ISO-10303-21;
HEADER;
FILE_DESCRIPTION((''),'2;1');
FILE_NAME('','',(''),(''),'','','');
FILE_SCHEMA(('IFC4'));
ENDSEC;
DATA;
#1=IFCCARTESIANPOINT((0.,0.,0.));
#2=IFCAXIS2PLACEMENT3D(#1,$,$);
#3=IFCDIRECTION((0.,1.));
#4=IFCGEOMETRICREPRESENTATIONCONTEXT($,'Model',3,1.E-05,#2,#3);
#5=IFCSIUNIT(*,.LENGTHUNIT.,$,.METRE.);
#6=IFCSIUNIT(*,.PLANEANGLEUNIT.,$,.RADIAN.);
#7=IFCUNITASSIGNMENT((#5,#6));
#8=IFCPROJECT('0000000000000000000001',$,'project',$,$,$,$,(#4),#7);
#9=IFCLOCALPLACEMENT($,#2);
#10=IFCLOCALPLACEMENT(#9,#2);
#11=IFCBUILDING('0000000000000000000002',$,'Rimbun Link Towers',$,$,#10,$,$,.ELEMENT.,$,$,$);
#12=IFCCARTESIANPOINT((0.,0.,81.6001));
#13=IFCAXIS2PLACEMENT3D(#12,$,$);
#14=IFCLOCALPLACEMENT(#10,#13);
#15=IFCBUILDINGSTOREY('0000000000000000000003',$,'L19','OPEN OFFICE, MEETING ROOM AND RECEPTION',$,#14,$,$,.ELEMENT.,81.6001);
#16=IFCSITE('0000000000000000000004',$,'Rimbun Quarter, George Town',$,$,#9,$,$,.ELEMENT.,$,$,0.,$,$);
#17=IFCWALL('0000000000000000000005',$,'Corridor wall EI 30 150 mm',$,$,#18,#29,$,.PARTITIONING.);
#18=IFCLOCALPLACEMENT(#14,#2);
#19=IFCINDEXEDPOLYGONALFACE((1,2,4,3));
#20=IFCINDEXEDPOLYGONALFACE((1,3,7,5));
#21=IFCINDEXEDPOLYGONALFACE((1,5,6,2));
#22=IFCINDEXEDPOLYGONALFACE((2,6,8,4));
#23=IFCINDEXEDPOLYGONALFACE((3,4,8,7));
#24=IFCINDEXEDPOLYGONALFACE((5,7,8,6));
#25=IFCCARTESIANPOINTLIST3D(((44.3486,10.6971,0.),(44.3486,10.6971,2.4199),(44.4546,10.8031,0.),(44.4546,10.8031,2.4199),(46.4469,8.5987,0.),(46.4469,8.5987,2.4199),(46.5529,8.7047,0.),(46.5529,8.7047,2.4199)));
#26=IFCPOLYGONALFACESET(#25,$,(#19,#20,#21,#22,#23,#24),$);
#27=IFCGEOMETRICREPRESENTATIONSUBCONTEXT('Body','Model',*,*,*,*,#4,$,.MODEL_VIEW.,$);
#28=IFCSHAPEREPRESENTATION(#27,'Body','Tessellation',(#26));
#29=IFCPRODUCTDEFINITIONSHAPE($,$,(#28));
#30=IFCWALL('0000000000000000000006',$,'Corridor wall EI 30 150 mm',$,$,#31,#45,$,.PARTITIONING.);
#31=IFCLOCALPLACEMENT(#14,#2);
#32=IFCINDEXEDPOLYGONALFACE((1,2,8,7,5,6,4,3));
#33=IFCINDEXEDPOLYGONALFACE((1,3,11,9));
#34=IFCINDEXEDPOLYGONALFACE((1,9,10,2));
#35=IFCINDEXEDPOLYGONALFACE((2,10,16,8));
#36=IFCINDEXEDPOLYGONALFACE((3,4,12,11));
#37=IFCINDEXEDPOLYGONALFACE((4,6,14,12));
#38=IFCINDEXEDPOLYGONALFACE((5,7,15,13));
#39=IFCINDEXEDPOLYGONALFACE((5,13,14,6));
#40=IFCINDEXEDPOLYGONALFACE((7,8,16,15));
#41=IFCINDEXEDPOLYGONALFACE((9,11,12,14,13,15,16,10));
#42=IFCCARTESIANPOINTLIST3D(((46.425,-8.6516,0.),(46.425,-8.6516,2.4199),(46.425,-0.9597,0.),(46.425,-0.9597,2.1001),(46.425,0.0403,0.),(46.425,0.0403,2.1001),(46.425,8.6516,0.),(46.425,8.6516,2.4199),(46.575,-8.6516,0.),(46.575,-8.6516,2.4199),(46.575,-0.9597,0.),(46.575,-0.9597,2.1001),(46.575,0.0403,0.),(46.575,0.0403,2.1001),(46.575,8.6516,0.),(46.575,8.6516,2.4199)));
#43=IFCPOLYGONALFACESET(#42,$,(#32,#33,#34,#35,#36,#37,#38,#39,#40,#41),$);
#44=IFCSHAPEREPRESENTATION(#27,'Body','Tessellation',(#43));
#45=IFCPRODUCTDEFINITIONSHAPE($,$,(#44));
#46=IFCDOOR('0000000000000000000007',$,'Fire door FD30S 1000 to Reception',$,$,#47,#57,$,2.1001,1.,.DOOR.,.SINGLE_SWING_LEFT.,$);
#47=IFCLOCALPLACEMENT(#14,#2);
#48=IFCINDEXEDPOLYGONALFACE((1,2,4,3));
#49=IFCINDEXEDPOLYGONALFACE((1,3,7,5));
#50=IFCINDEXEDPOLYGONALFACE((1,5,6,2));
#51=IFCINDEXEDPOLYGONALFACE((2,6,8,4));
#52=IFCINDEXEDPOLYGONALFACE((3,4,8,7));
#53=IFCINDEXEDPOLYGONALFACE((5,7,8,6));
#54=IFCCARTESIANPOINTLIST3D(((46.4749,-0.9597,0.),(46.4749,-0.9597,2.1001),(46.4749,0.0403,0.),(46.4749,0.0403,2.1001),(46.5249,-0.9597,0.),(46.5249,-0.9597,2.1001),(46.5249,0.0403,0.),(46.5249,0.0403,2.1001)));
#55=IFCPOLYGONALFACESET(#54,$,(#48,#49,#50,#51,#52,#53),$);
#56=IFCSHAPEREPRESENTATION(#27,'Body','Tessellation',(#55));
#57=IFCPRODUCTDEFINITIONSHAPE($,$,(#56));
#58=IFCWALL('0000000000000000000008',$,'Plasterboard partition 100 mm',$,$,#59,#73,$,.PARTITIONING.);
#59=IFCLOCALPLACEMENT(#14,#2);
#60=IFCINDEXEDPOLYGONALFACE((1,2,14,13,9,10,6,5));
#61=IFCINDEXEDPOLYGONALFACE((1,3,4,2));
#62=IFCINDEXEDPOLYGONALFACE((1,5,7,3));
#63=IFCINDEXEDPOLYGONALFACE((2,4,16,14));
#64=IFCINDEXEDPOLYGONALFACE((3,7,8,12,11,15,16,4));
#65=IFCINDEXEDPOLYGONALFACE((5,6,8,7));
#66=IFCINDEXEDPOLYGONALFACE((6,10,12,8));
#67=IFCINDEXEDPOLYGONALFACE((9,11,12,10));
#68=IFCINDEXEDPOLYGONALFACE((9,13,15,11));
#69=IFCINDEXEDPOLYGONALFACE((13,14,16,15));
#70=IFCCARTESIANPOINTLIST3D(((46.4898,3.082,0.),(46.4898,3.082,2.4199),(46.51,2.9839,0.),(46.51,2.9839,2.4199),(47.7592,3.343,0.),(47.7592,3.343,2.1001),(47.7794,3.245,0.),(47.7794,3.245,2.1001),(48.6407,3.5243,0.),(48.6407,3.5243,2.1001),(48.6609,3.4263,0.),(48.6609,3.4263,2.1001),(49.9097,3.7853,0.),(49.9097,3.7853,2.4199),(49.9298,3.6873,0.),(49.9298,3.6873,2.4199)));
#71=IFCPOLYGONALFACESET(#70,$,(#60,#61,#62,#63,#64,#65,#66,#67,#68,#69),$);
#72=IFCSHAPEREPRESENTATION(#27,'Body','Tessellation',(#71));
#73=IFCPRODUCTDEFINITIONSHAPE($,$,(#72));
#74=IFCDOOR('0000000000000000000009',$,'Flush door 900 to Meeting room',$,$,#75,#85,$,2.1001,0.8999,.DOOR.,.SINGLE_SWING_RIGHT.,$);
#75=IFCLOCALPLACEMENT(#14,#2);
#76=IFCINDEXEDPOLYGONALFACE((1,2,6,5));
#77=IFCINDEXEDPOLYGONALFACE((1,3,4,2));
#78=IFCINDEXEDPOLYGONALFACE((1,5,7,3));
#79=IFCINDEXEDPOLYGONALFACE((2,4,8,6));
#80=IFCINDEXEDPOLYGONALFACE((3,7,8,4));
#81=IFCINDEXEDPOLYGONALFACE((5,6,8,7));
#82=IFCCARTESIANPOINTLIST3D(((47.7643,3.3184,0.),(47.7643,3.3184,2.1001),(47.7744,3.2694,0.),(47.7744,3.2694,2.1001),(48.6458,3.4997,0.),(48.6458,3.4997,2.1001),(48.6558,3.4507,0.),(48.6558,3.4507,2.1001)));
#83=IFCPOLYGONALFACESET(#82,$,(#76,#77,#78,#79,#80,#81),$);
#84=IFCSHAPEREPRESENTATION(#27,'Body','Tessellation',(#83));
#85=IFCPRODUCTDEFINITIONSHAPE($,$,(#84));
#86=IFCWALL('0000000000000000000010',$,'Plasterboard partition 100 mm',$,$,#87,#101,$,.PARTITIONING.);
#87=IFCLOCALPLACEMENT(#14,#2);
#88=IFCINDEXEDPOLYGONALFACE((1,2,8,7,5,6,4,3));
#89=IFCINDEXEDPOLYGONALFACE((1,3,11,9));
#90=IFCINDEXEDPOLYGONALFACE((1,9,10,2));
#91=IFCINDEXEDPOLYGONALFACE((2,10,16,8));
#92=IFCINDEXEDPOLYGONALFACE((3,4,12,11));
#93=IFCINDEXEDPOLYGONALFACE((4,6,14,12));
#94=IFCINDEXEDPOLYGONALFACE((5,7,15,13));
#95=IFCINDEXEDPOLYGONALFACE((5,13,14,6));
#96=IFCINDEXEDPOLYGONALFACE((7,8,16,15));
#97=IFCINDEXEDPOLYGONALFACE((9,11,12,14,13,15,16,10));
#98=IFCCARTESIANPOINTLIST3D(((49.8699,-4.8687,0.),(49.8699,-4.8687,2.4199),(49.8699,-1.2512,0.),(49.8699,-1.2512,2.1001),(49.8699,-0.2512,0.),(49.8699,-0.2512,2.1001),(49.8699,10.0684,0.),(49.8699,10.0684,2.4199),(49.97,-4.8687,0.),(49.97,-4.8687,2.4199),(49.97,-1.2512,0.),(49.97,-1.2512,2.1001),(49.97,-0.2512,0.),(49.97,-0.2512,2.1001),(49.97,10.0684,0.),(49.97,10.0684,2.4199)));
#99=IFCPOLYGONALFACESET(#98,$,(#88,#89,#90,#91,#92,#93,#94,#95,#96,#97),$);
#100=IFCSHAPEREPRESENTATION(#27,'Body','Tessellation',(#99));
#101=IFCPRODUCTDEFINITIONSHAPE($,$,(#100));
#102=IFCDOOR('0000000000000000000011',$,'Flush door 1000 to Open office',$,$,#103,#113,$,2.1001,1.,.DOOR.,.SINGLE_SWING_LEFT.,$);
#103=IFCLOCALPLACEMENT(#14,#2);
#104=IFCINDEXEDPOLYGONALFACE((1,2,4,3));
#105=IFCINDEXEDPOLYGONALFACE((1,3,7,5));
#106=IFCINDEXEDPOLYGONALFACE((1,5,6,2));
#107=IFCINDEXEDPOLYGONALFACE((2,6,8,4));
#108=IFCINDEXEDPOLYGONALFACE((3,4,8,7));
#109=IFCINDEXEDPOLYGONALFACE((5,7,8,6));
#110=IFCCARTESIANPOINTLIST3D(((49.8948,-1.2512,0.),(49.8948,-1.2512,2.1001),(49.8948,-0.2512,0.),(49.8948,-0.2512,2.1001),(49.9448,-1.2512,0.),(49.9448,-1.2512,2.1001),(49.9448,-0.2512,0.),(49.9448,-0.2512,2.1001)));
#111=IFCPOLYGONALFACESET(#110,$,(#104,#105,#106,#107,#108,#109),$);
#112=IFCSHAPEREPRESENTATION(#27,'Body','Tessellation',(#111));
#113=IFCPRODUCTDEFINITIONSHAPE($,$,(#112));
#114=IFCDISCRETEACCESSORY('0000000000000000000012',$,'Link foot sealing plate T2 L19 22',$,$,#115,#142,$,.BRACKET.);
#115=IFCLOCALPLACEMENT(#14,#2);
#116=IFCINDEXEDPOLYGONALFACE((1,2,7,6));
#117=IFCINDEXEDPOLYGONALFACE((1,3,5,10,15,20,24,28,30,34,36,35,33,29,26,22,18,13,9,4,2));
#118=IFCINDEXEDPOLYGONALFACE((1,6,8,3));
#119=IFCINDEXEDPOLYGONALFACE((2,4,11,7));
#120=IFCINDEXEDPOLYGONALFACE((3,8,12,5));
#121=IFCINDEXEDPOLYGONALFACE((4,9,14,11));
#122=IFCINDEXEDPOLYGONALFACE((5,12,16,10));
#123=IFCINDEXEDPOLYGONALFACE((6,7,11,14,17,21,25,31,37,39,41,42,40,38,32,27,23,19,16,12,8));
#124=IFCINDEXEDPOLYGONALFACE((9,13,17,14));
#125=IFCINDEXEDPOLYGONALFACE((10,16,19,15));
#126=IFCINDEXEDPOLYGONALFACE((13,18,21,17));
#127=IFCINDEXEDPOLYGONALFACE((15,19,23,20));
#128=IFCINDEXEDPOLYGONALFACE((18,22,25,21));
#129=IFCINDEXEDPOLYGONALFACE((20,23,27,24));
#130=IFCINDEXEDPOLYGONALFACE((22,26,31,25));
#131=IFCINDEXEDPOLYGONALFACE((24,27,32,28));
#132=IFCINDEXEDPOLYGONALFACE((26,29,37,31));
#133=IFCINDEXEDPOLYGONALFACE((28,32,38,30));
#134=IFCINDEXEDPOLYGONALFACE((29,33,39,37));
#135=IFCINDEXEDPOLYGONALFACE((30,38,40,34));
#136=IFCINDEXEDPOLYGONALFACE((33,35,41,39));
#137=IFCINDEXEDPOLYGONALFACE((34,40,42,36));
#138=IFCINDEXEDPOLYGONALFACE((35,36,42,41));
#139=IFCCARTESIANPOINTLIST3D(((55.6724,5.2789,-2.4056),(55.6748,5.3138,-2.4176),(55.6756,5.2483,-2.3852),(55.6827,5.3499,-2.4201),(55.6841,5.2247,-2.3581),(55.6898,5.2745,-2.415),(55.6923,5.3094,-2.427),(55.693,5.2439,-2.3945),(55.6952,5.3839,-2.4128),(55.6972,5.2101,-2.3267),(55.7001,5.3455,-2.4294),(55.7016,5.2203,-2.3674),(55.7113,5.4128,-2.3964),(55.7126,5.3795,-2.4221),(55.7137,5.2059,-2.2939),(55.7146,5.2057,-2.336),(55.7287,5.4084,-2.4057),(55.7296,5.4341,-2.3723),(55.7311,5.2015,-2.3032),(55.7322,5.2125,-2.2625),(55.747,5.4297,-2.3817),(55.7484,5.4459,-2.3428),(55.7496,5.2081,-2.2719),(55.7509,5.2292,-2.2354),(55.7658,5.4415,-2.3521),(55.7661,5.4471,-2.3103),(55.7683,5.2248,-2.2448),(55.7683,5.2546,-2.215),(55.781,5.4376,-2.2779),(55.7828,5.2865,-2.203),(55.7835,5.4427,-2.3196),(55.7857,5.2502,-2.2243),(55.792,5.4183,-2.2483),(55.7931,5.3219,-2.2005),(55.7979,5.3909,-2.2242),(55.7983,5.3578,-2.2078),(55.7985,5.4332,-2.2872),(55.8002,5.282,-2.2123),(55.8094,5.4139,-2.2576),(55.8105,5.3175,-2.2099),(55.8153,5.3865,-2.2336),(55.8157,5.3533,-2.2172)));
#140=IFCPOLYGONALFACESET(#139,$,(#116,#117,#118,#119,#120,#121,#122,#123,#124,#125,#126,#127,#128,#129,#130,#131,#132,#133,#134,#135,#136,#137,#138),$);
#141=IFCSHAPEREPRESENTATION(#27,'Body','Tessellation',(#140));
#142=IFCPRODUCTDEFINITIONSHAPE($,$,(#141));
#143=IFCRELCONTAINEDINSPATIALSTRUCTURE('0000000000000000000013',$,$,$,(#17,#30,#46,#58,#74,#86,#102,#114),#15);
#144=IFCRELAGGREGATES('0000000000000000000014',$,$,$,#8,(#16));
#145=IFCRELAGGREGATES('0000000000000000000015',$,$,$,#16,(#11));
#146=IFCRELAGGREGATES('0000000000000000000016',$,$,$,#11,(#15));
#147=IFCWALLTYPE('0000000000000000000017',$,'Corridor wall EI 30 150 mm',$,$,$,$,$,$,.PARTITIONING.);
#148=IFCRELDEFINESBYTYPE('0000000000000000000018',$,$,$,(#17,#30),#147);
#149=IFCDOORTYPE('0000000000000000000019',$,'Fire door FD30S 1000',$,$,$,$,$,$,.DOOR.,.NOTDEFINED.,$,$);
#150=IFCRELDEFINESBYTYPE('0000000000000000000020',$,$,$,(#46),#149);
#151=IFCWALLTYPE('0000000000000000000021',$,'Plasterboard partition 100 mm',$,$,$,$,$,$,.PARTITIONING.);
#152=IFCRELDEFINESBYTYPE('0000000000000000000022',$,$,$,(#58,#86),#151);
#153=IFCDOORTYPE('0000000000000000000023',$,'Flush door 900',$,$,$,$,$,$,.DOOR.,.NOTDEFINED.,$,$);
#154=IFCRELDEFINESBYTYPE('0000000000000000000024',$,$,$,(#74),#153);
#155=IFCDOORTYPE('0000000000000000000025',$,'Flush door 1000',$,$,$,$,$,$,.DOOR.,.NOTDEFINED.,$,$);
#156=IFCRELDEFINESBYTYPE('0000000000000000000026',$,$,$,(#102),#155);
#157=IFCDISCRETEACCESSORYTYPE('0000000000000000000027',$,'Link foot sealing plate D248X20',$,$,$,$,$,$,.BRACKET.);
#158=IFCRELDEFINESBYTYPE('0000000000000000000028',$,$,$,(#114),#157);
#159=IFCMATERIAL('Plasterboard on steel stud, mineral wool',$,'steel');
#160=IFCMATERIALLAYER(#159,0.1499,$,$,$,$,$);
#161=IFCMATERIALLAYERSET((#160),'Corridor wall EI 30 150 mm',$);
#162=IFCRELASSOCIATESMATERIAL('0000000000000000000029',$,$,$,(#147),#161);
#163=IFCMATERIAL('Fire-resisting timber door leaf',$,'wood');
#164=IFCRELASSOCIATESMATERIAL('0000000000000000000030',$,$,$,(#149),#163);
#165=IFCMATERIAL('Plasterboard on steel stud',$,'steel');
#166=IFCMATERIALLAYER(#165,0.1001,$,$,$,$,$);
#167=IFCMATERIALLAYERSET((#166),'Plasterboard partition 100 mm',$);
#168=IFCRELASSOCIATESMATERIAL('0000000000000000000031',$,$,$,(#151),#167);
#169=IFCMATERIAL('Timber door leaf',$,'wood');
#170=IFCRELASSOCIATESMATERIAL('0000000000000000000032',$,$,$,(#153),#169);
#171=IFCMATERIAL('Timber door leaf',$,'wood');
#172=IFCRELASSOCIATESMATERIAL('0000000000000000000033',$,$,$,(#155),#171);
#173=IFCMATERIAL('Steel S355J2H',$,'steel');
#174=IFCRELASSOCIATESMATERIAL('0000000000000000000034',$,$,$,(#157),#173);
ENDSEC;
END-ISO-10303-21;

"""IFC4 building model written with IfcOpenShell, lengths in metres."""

from ifc_helpers import new_model, si_unit, direction, frame, frame_2d, origin, origin_2d, place, context, subcontext, project, spatial, rectangle, circle, extrude, material, layer, layer_set, material_profile, profile_set, type_object, element, fill, save


model = new_model("IFC4")

# Units and contexts
model_context = context("Model", 3, precision=1e-05, world=origin(), true_north=direction((0.0, 1.0)))
body_context = subcontext(model_context, "Body", "Model", "MODEL_VIEW")
ifc_project = project(units=[si_unit("LENGTHUNIT", "METRE"), si_unit("PLANEANGLEUNIT", "RADIAN")], contexts=[model_context])

# Site, building, storey
site_placement = place(None, origin())
site = spatial("IfcSite", under=ifc_project, at=site_placement, Name="Rimbun Quarter, George Town", CompositionType="ELEMENT", RefElevation=0.0)
building_placement = place(site_placement, origin())
building = spatial("IfcBuilding", under=site, at=building_placement, Name="Rimbun Link Towers", CompositionType="ELEMENT")
storey_placement = place(building_placement, frame((0.0, 0.0, 81.6001)))
storey = spatial("IfcBuildingStorey", under=building, at=storey_placement, Name="L19", Description="OPEN OFFICE, MEETING ROOM AND RECEPTION", CompositionType="ELEMENT", Elevation=81.6001)

# Wall
ifc_material_1 = material(Name="Plasterboard on steel stud, mineral wool", Category="steel")
ifc_layer_1 = layer(ifc_material_1, 0.1499)
ifc_layer_set_1 = layer_set([ifc_layer_1], Name="Corridor wall EI 30 150 mm")
wall_type_1 = type_object("IfcWallType", Name="Corridor wall EI 30 150 mm", PredefinedType="PARTITIONING", material=ifc_layer_set_1)
wall_1_placement = place(storey_placement, frame((46.5, 8.6516, 0.0), z_axis=(0.0, 0.0, 1.0), x_axis=(-0.707107, 0.707107, 0.0)))
element("IfcWall", 1, at=wall_1_placement, inside=storey, type_object=wall_type_1, Name="Corridor wall EI 30 150 mm", PredefinedType="PARTITIONING", context=body_context, shape_type="SweptSolid", body=[
    extrude(rectangle(XDim=2.9675, YDim=0.1499, at=frame_2d((1.4839, 0.0))), origin(), (0.0, 0.0, 1.0), 2.4199),
])

# Walls, openings, doors
wall_2_placement = place(storey_placement, frame((46.5, 8.6516, 0.0), z_axis=(0.0, 0.0, 1.0), x_axis=(0.0, -1.0, 0.0)))
wall_2 = element("IfcWall", 2, at=wall_2_placement, inside=storey, type_object=wall_type_1, Name="Corridor wall EI 30 150 mm", PredefinedType="PARTITIONING", context=body_context, shape_type="SweptSolid", body=[
    extrude(rectangle(XDim=17.3032, YDim=0.1499, at=frame_2d((8.6516, 0.0))), origin(), (0.0, 0.0, 1.0), 2.4199),
])
opening_1_placement = place(wall_2_placement, frame((8.6113, 0.0, 0.0)))
opening_1 = element("IfcOpeningElement", 3, at=opening_1_placement, cuts=wall_2, PredefinedType="OPENING", context=body_context, shape_type="SweptSolid", body=[
    extrude(rectangle(XDim=1.0, YDim=2.1001, at=frame_2d((0.5, 1.05))), frame((0.0, 0.085, 0.0), z_axis=(0.0, -1.0, 0.0), x_axis=(1.0, 0.0, 0.0)), (0.0, 0.0, 1.0), 0.1699),
])
ifc_material_2 = material(Name="Fire-resisting timber door leaf", Category="wood")
door_type_1 = type_object("IfcDoorType", Name="Fire door FD30S 1000", OperationType="NOTDEFINED", PredefinedType="DOOR", material=ifc_material_2)
door_1_placement = place(opening_1_placement, origin())
door_1 = element("IfcDoor", 4, at=door_1_placement, inside=storey, type_object=door_type_1, Name="Fire door FD30S 1000 to Reception", OperationType="SINGLE_SWING_LEFT", OverallHeight=2.1001, OverallWidth=1.0, PredefinedType="DOOR", context=body_context, shape_type="SweptSolid", body=[
    extrude(rectangle(XDim=1.0, YDim=2.1001, at=frame_2d((0.5, 1.05))), frame((0.0, 0.0249, 0.0), z_axis=(0.0, -1.0, 0.0), x_axis=(1.0, 0.0, 0.0)), (0.0, 0.0, 1.0), 0.05),
])
fill(opening_1, door_1)
ifc_material_3 = material(Name="Plasterboard on steel stud", Category="steel")
ifc_layer_2 = layer(ifc_material_3, 0.1001)
ifc_layer_set_2 = layer_set([ifc_layer_2], Name="Plasterboard partition 100 mm")
wall_type_2 = type_object("IfcWallType", Name="Plasterboard partition 100 mm", PredefinedType="PARTITIONING", material=ifc_layer_set_2)
wall_3_placement = place(storey_placement, frame((46.5, 3.033, 0.0), z_axis=(0.0, 0.0, 1.0), x_axis=(0.979498, 0.201452, 0.0)))
wall_3 = element("IfcWall", 5, at=wall_3_placement, inside=storey, type_object=wall_type_2, Name="Plasterboard partition 100 mm", PredefinedType="PARTITIONING", context=body_context, shape_type="SweptSolid", body=[
    extrude(rectangle(XDim=3.4915, YDim=0.1001, at=frame_2d((1.7456, 0.0))), origin(), (0.0, 0.0, 1.0), 2.4199),
])
opening_2_placement = place(wall_3_placement, frame((1.2959, 0.0, 0.0)))
opening_2 = element("IfcOpeningElement", 6, at=opening_2_placement, cuts=wall_3, PredefinedType="OPENING", context=body_context, shape_type="SweptSolid", body=[
    extrude(rectangle(XDim=0.8999, YDim=2.1001, at=frame_2d((0.45, 1.05))), frame((0.0, 0.0601, 0.0), z_axis=(0.0, -1.0, 0.0), x_axis=(1.0, 0.0, 0.0)), (0.0, 0.0, 1.0), 0.1201),
])
ifc_material_4 = material(Name="Timber door leaf", Category="wood")
door_type_2 = type_object("IfcDoorType", Name="Flush door 900", OperationType="NOTDEFINED", PredefinedType="DOOR", material=ifc_material_4)
door_2_placement = place(opening_2_placement, origin())
door_2 = element("IfcDoor", 7, at=door_2_placement, inside=storey, type_object=door_type_2, Name="Flush door 900 to Meeting room", OperationType="SINGLE_SWING_RIGHT", OverallHeight=2.1001, OverallWidth=0.8999, PredefinedType="DOOR", context=body_context, shape_type="SweptSolid", body=[
    extrude(rectangle(XDim=0.8999, YDim=2.1001, at=frame_2d((0.45, 1.05))), frame((0.0, 0.0249, 0.0), z_axis=(0.0, -1.0, 0.0), x_axis=(1.0, 0.0, 0.0)), (0.0, 0.0, 1.0), 0.05),
])
fill(opening_2, door_2)
wall_4_placement = place(storey_placement, frame((49.9199, 10.0684, 0.0), z_axis=(0.0, 0.0, 1.0), x_axis=(0.0, -1.0, 0.0)))
wall_4 = element("IfcWall", 8, at=wall_4_placement, inside=storey, type_object=wall_type_2, Name="Plasterboard partition 100 mm", PredefinedType="PARTITIONING", context=body_context, shape_type="SweptSolid", body=[
    extrude(rectangle(XDim=14.937, YDim=0.1001, at=frame_2d((7.4685, 0.0))), origin(), (0.0, 0.0, 1.0), 2.4199),
])
opening_3_placement = place(wall_4_placement, frame((10.3196, 0.0, 0.0)))
opening_3 = element("IfcOpeningElement", 9, at=opening_3_placement, cuts=wall_4, PredefinedType="OPENING", context=body_context, shape_type="SweptSolid", body=[
    extrude(rectangle(XDim=1.0, YDim=2.1001, at=frame_2d((0.5, 1.05))), frame((0.0, 0.0601, 0.0), z_axis=(0.0, -1.0, 0.0), x_axis=(1.0, 0.0, 0.0)), (0.0, 0.0, 1.0), 0.1201),
])
ifc_material_5 = material(Name="Timber door leaf", Category="wood")
door_type_3 = type_object("IfcDoorType", Name="Flush door 1000", OperationType="NOTDEFINED", PredefinedType="DOOR", material=ifc_material_5)
door_3_placement = place(opening_3_placement, origin())
door_3 = element("IfcDoor", 10, at=door_3_placement, inside=storey, type_object=door_type_3, Name="Flush door 1000 to Open office", OperationType="SINGLE_SWING_LEFT", OverallHeight=2.1001, OverallWidth=1.0, PredefinedType="DOOR", context=body_context, shape_type="SweptSolid", body=[
    extrude(rectangle(XDim=1.0, YDim=2.1001, at=frame_2d((0.5, 1.05))), frame((0.0, 0.0249, 0.0), z_axis=(0.0, -1.0, 0.0), x_axis=(1.0, 0.0, 0.0)), (0.0, 0.0, 1.0), 0.05),
])
fill(opening_3, door_3)

# Discrete accessory
ifc_material_6 = material(Name="Steel S355J2H", Category="steel")
ifc_material_profile_1 = material_profile(ifc_material_6, circle(Radius=0.124, at=origin_2d()), Name="PL D248")
ifc_profile_set_1 = profile_set([ifc_material_profile_1], Name="Steel S355J2H")
discrete_accessory_type = type_object("IfcDiscreteAccessoryType", Name="Link foot sealing plate D248X20", PredefinedType="BRACKET", material=ifc_profile_set_1)
discrete_accessory_placement = place(storey_placement, frame((55.7356, 5.3269, -2.3103), z_axis=(0.860432, -0.218138, -0.460513), x_axis=(0.245747, 0.969334, 0.0)))
element("IfcDiscreteAccessory", 11, at=discrete_accessory_placement, inside=storey, type_object=discrete_accessory_type, Name="Link foot sealing plate T2 L19 22", PredefinedType="BRACKET", context=body_context, shape_type="SweptSolid", body=[
    extrude(circle(Radius=0.124, at=origin_2d()), origin(), (0.0, 0.0, 1.0), 0.0203),
])

save(model, "model.ifc")
